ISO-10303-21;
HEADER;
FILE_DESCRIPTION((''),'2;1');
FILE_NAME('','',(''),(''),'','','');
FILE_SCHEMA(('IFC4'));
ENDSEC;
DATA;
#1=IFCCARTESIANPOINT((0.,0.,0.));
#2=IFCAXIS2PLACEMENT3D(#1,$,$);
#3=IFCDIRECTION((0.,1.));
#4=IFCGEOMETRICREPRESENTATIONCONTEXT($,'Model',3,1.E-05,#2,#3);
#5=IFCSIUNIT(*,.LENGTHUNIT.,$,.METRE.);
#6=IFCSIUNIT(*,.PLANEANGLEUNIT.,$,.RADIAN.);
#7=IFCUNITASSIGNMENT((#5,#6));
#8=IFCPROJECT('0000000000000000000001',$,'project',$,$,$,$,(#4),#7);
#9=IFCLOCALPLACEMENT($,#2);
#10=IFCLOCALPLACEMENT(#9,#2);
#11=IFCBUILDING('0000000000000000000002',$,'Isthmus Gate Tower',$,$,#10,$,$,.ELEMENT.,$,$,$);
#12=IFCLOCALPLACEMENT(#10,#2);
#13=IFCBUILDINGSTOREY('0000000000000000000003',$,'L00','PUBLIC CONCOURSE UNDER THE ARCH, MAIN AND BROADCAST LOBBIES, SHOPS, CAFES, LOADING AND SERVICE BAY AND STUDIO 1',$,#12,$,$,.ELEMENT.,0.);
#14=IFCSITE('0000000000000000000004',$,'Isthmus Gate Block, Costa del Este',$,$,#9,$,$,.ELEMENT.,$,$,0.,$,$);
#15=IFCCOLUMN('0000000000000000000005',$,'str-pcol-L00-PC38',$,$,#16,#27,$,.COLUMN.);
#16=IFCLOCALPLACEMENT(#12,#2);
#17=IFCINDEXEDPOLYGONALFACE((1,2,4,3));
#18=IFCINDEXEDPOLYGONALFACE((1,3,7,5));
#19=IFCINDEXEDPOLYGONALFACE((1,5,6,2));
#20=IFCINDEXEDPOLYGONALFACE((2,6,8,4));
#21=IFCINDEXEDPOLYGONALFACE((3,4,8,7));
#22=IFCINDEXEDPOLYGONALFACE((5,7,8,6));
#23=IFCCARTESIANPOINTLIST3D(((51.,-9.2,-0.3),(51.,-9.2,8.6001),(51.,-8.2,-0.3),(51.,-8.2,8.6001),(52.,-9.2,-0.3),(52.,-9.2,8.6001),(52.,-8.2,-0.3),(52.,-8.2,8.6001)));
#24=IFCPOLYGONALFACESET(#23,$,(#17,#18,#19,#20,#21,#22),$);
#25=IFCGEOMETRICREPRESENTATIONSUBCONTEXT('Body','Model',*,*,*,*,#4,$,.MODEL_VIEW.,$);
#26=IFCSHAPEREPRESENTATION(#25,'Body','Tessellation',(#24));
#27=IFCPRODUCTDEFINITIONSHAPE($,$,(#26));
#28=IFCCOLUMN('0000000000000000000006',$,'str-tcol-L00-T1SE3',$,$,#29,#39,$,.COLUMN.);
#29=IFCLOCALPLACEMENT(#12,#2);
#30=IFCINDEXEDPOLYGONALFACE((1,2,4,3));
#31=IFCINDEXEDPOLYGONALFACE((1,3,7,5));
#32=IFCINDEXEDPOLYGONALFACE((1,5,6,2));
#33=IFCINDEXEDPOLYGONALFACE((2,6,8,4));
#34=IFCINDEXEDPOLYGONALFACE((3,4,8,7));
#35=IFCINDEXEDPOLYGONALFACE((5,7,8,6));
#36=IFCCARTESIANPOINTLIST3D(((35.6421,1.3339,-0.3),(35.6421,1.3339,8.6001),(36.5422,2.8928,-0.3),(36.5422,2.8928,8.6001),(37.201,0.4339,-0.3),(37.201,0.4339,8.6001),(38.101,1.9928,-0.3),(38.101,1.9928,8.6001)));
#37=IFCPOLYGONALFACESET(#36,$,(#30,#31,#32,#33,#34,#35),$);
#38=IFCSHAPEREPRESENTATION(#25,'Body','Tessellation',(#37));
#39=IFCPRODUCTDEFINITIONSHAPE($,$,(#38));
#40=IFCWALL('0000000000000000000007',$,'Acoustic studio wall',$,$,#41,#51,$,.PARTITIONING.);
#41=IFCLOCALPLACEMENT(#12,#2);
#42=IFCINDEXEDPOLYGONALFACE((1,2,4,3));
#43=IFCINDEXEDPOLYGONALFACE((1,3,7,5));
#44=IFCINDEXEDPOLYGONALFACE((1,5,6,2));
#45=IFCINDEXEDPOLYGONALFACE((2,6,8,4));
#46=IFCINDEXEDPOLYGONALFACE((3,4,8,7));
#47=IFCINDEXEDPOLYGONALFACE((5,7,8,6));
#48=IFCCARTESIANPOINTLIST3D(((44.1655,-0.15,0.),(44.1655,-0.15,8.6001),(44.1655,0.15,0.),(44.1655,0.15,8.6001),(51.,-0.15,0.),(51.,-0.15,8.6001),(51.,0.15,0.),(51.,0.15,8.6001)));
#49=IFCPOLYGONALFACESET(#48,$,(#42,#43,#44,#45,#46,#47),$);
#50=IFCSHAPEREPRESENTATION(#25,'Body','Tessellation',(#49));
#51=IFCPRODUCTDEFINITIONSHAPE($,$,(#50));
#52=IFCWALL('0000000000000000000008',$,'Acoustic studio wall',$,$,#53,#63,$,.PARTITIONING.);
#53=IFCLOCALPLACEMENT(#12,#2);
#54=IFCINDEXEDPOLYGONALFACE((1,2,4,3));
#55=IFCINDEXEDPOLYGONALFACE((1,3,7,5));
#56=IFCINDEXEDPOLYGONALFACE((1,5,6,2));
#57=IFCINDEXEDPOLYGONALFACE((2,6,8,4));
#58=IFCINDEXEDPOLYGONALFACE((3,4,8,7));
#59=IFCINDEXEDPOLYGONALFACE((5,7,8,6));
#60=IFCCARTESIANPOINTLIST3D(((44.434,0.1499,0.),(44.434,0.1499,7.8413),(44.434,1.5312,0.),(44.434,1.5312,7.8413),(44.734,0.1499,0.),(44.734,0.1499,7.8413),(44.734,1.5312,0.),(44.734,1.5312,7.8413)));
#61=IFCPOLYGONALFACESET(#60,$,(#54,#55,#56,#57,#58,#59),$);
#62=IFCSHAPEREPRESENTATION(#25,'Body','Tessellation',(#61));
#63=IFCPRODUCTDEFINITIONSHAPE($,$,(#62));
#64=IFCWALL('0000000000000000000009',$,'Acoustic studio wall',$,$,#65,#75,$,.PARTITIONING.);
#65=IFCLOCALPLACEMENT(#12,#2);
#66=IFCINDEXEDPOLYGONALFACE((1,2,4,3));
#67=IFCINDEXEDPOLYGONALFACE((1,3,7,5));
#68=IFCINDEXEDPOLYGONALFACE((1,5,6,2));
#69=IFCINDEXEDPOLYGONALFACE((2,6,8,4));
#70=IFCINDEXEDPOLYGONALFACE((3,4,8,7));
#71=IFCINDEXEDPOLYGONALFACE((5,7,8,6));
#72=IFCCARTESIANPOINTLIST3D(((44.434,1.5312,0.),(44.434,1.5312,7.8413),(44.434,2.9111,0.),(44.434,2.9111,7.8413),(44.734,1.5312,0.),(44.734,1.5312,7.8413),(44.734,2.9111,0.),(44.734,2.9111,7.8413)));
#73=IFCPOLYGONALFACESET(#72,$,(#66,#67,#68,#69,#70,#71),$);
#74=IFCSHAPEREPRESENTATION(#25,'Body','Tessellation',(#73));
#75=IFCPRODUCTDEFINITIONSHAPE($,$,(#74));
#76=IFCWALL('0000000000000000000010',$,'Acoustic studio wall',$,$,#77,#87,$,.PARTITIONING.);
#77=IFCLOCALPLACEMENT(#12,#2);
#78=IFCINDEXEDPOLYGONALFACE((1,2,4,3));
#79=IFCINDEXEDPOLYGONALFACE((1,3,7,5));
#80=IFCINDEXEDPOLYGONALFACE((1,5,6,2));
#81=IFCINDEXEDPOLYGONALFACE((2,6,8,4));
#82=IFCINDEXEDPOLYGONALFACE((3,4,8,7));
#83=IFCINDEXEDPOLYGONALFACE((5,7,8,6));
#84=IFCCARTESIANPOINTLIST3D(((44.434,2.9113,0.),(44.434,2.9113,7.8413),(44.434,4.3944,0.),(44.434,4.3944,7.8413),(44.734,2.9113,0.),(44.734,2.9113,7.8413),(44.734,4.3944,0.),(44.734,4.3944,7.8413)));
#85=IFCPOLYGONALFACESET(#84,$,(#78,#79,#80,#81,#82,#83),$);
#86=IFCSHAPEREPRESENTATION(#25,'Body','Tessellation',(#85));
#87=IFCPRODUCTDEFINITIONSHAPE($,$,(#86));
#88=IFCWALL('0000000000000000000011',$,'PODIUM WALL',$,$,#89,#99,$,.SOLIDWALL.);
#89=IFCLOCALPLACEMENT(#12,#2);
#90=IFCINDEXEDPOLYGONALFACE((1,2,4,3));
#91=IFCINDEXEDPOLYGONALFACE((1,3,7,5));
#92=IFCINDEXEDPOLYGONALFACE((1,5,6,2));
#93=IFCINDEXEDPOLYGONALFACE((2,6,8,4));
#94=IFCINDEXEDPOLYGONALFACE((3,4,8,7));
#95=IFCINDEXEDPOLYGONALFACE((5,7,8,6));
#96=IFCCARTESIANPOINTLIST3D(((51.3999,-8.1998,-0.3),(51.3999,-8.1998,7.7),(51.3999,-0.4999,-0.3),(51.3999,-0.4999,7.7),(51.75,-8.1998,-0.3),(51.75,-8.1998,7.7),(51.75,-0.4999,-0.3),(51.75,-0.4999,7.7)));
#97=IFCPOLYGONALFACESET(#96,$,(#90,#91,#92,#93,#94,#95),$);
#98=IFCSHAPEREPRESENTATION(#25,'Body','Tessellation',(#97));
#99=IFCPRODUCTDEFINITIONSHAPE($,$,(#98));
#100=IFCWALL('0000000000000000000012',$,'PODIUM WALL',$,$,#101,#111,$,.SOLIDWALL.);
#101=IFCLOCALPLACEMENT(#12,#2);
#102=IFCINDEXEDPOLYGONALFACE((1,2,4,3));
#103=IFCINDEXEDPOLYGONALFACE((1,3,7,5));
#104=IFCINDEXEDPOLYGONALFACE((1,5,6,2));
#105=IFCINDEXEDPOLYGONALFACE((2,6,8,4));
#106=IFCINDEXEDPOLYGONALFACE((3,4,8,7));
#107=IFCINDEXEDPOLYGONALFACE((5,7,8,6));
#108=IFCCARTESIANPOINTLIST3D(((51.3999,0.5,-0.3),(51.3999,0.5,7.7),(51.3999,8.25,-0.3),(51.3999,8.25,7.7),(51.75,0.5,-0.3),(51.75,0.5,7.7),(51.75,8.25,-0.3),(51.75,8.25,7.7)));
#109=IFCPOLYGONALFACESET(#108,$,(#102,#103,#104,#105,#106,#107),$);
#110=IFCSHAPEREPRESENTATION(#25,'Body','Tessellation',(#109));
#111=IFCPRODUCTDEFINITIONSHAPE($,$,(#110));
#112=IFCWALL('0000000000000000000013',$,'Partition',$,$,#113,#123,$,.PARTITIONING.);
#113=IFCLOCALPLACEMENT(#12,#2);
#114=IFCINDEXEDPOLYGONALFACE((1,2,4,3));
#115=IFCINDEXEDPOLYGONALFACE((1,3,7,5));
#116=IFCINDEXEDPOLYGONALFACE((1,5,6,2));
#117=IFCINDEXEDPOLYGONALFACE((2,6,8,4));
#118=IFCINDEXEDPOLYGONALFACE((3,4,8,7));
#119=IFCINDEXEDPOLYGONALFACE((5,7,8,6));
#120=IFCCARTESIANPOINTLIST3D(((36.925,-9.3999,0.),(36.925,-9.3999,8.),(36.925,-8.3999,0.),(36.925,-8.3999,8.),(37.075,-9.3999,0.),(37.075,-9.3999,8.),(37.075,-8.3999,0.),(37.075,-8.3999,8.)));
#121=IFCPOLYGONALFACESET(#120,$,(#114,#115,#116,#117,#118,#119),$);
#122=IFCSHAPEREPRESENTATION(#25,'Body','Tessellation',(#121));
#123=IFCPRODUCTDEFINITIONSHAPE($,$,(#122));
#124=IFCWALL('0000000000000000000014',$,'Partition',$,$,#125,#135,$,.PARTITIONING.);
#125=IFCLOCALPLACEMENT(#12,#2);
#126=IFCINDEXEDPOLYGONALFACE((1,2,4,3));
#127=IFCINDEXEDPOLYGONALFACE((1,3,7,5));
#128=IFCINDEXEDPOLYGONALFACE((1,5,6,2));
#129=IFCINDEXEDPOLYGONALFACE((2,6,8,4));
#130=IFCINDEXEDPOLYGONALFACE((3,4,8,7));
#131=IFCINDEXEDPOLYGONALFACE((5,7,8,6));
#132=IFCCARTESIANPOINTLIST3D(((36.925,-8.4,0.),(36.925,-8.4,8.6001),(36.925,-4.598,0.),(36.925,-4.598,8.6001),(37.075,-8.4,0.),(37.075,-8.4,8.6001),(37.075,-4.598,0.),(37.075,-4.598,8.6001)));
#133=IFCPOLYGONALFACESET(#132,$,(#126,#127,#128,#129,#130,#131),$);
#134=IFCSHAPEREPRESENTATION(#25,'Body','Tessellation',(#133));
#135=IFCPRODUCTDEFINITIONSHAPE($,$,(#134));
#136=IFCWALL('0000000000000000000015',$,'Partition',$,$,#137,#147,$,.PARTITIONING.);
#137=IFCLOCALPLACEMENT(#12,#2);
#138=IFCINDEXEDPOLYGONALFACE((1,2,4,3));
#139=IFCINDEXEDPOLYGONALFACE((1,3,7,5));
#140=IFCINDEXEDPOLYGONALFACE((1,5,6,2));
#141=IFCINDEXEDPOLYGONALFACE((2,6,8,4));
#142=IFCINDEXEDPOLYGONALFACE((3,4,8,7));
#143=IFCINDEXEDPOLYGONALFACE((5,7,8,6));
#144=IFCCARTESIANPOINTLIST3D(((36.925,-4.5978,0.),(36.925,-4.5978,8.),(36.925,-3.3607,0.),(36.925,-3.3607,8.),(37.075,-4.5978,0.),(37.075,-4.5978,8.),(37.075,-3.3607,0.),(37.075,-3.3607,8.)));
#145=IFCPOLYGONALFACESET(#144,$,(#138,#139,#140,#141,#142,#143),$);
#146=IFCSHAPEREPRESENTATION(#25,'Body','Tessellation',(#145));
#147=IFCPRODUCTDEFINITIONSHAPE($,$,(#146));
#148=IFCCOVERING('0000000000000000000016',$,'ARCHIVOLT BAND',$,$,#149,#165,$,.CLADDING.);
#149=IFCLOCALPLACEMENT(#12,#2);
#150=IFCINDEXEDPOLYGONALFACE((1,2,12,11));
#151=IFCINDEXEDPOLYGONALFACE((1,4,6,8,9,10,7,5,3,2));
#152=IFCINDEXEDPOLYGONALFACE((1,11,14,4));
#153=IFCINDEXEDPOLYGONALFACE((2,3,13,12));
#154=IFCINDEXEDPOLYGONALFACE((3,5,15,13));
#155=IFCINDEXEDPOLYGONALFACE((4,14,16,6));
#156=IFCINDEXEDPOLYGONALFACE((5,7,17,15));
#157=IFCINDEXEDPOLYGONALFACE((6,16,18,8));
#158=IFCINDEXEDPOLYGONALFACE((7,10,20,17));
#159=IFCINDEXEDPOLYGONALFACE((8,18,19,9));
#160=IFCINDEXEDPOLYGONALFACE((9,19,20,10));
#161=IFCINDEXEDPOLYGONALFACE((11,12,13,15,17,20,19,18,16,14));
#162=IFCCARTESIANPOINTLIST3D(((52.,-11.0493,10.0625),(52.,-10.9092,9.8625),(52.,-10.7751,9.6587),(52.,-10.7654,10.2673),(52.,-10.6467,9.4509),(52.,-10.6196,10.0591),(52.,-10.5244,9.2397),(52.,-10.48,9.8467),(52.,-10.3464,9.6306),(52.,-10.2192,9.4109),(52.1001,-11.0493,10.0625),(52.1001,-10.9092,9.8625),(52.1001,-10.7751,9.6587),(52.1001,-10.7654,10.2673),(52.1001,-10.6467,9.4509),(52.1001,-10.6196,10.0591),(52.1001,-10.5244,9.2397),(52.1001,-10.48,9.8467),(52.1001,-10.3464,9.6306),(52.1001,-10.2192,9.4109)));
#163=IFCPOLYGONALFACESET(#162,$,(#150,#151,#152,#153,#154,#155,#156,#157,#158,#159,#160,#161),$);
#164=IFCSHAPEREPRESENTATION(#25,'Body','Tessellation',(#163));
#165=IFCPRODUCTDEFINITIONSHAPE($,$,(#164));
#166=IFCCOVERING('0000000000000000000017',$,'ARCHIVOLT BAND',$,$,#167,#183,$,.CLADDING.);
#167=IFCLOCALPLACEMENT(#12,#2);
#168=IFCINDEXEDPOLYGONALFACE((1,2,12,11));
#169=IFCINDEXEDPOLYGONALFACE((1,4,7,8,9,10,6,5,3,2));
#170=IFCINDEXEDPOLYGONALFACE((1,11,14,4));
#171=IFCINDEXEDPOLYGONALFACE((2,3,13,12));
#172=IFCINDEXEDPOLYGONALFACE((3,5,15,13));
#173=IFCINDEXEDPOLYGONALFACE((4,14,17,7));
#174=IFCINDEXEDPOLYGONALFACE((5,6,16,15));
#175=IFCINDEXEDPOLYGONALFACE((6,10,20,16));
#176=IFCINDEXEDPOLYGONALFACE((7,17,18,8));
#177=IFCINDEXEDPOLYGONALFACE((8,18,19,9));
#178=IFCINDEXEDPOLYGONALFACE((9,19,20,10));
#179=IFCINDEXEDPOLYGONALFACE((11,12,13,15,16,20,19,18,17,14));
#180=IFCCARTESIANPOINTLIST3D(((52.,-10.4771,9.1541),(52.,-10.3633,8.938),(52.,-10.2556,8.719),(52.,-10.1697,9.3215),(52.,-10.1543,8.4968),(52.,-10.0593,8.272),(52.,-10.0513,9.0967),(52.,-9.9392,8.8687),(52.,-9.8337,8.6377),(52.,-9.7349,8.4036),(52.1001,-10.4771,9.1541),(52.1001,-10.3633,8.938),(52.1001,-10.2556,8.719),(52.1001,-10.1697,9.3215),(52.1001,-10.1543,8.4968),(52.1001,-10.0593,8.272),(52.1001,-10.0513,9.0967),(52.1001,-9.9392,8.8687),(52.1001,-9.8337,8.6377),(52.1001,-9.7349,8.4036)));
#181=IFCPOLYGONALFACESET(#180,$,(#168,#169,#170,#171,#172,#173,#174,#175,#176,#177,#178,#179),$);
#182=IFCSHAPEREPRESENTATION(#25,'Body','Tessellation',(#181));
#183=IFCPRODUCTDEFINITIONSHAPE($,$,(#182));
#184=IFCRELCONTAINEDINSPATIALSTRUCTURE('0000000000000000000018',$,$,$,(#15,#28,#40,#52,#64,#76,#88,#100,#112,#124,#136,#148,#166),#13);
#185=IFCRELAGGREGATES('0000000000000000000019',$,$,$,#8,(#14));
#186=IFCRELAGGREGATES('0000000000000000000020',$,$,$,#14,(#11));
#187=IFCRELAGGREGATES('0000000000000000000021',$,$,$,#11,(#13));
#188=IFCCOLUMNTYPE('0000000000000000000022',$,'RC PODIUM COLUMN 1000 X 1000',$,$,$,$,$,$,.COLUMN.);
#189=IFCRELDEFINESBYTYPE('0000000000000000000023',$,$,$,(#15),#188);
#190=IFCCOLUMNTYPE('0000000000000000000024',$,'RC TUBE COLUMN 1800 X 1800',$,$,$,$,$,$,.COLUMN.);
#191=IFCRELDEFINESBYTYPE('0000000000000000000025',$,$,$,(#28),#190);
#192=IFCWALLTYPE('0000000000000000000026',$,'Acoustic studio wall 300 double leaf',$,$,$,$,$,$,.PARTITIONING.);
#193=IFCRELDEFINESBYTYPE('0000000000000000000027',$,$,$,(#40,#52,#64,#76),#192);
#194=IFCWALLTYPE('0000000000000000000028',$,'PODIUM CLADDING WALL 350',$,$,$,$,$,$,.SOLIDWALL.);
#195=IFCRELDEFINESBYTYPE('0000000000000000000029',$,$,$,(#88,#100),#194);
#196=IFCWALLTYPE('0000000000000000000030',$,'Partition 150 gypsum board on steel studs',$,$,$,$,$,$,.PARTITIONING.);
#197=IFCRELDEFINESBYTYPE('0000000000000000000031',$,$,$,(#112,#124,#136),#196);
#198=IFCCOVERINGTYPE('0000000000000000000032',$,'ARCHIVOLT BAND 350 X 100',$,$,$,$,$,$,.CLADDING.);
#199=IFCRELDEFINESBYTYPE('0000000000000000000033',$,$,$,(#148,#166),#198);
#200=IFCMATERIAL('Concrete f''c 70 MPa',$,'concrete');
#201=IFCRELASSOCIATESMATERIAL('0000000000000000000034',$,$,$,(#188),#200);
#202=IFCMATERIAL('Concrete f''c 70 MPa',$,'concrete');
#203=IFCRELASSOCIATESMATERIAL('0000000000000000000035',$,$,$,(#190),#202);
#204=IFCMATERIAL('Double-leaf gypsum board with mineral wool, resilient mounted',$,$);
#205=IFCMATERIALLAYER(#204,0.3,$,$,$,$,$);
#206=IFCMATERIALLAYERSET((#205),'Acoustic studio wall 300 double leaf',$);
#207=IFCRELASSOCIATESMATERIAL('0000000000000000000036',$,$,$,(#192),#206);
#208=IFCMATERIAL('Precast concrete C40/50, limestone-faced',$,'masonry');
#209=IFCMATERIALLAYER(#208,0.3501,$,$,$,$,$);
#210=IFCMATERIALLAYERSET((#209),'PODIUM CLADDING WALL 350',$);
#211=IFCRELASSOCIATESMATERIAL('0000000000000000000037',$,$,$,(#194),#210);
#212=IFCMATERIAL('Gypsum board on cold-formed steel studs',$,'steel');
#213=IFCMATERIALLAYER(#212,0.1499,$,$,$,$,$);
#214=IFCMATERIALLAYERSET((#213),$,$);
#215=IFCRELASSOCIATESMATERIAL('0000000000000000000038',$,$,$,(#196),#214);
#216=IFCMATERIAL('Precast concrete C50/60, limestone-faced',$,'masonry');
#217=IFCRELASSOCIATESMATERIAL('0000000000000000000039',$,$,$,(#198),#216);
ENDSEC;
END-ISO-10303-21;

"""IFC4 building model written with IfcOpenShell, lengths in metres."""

from ifc_helpers import new_model, si_unit, direction, frame, frame_2d, origin, origin_2d, place, context, subcontext, project, spatial, polyline, rectangle, outline, extrude, material, layer, layer_set, material_profile, profile_set, type_object, element, save


model = new_model("IFC4")

# Units and contexts
model_context = context("Model", 3, precision=1e-05, world=origin(), true_north=direction((0.0, 1.0)))
body_context = subcontext(model_context, "Body", "Model", "MODEL_VIEW")
ifc_project = project(units=[si_unit("LENGTHUNIT", "METRE"), si_unit("PLANEANGLEUNIT", "RADIAN")], contexts=[model_context])

# Site, building, storey
site_placement = place(None, origin())
site = spatial("IfcSite", under=ifc_project, at=site_placement, Name="Isthmus Gate Block, Costa del Este", CompositionType="ELEMENT", RefElevation=0.0)
building_placement = place(site_placement, origin())
building = spatial("IfcBuilding", under=site, at=building_placement, Name="Isthmus Gate Tower", CompositionType="ELEMENT")
storey_placement = place(building_placement, origin())
storey = spatial("IfcBuildingStorey", under=building, at=storey_placement, Name="L00", Description="PUBLIC CONCOURSE UNDER THE ARCH, MAIN AND BROADCAST LOBBIES, SHOPS, CAFES, LOADING AND SERVICE BAY AND STUDIO 1", CompositionType="ELEMENT", Elevation=0.0)

# Columns
ifc_material_1 = material(Name="Concrete f'c 70 MPa", Category="concrete")
ifc_material_profile_1 = material_profile(ifc_material_1, rectangle(XDim=1.0, YDim=1.0, at=origin_2d()), Name="RC 1000X1000")
ifc_profile_set_1 = profile_set([ifc_material_profile_1], Name="Concrete f'c 70 MPa")
column_type_1 = type_object("IfcColumnType", Name="RC PODIUM COLUMN 1000 X 1000", PredefinedType="COLUMN", material=ifc_profile_set_1)
for number, where, z_axis, x_axis, name in (
    (1, (51.5, -8.7, -0.3), (0.0, 0.0, 1.0), (0.0, 1.0, 0.0), "str-pcol-L00-PC38"),
):
    element("IfcColumn", number, at=place(storey_placement, frame(where, z_axis=z_axis, x_axis=x_axis)), inside=storey, type_object=column_type_1, Name=name, PredefinedType="COLUMN", context=body_context, shape_type="SweptSolid", body=[
        extrude(rectangle(XDim=1.0, YDim=1.0, at=origin_2d()), origin(), (0.0, 0.0, 1.0), 8.9001),
    ])
ifc_material_2 = material(Name="Concrete f'c 70 MPa", Category="concrete")
ifc_material_profile_2 = material_profile(ifc_material_2, rectangle(XDim=1.8, YDim=1.8, at=origin_2d()), Name="RC 1800X1800")
ifc_profile_set_2 = profile_set([ifc_material_profile_2], Name="Concrete f'c 70 MPa")
column_type_2 = type_object("IfcColumnType", Name="RC TUBE COLUMN 1800 X 1800", PredefinedType="COLUMN", material=ifc_profile_set_2)
column_placement = place(storey_placement, frame((36.8716, 1.6633, -0.3), z_axis=(0.0, 0.0, 1.0), x_axis=(0.5, 0.866025, 0.0)))
element("IfcColumn", 2, at=column_placement, inside=storey, type_object=column_type_2, Name="str-tcol-L00-T1SE3", PredefinedType="COLUMN", context=body_context, shape_type="SweptSolid", body=[
    extrude(rectangle(XDim=1.8, YDim=1.8, at=origin_2d()), origin(), (0.0, 0.0, 1.0), 8.9001),
])

# Walls
ifc_material_3 = material(Name="Double-leaf gypsum board with mineral wool, resilient mounted")
ifc_layer_1 = layer(ifc_material_3, 0.3)
ifc_layer_set_1 = layer_set([ifc_layer_1], Name="Acoustic studio wall 300 double leaf")
wall_type_1 = type_object("IfcWallType", Name="Acoustic studio wall 300 double leaf", PredefinedType="PARTITIONING", material=ifc_layer_set_1)
wall_1_placement = place(storey_placement, frame((44.1655, 0.0, 0.0), z_axis=(0.0, 0.0, 1.0), x_axis=(1.0, 0.0, 0.0)))
element("IfcWall", 3, at=wall_1_placement, inside=storey, type_object=wall_type_1, Name="Acoustic studio wall", PredefinedType="PARTITIONING", context=body_context, shape_type="SweptSolid", body=[
    extrude(rectangle(XDim=6.8345, YDim=0.3, at=frame_2d((3.4172, 0.0))), origin(), (0.0, 0.0, 1.0), 8.6001),
])
wall_2_placement = place(storey_placement, frame((44.584, 0.1499, 0.0), z_axis=(0.0, 0.0, 1.0), x_axis=(0.0, 1.0, 0.0)))
element("IfcWall", 4, at=wall_2_placement, inside=storey, type_object=wall_type_1, Name="Acoustic studio wall", PredefinedType="PARTITIONING", context=body_context, shape_type="SweptSolid", body=[
    extrude(rectangle(XDim=1.3813, YDim=0.3, at=frame_2d((0.6907, 0.0))), origin(), (0.0, 0.0, 1.0), 7.8413),
])
wall_3_placement = place(storey_placement, frame((44.584, 1.5312, 0.0), z_axis=(0.0, 0.0, 1.0), x_axis=(0.0, 1.0, 0.0)))
element("IfcWall", 5, at=wall_3_placement, inside=storey, type_object=wall_type_1, Name="Acoustic studio wall", PredefinedType="PARTITIONING", context=body_context, shape_type="SweptSolid", body=[
    extrude(rectangle(XDim=1.3799, YDim=0.3, at=frame_2d((0.6899, 0.0))), origin(), (0.0, 0.0, 1.0), 7.8413),
])
wall_4_placement = place(storey_placement, frame((44.584, 2.9111, 0.0), z_axis=(0.0, 0.0, 1.0), x_axis=(0.0, 1.0, 0.0)))
element("IfcWall", 6, at=wall_4_placement, inside=storey, type_object=wall_type_1, Name="Acoustic studio wall", PredefinedType="PARTITIONING", context=body_context, shape_type="SweptSolid", body=[
    extrude(rectangle(XDim=1.4832, YDim=0.3, at=frame_2d((0.7417, 0.0))), origin(), (0.0, 0.0, 1.0), 7.8413),
])
ifc_material_4 = material(Name="Precast concrete C40/50, limestone-faced", Category="masonry")
ifc_layer_2 = layer(ifc_material_4, 0.3501)
ifc_layer_set_2 = layer_set([ifc_layer_2], Name="PODIUM CLADDING WALL 350")
wall_type_2 = type_object("IfcWallType", Name="PODIUM CLADDING WALL 350", PredefinedType="SOLIDWALL", material=ifc_layer_set_2)
wall_5_placement = place(storey_placement, frame((51.575, -8.2, -0.3), z_axis=(0.0, 0.0, 1.0), x_axis=(0.0, 1.0, 0.0)))
element("IfcWall", 7, at=wall_5_placement, inside=storey, type_object=wall_type_2, Name="PODIUM WALL", PredefinedType="SOLIDWALL", context=body_context, shape_type="SweptSolid", body=[
    extrude(rectangle(XDim=7.7, YDim=0.3501, at=frame_2d((3.8501, 0.0))), origin(), (0.0, 0.0, 1.0), 8.0),
])
wall_6_placement = place(storey_placement, frame((51.575, 0.5, -0.3), z_axis=(0.0, 0.0, 1.0), x_axis=(0.0, 1.0, 0.0)))
element("IfcWall", 8, at=wall_6_placement, inside=storey, type_object=wall_type_2, Name="PODIUM WALL", PredefinedType="SOLIDWALL", context=body_context, shape_type="SweptSolid", body=[
    extrude(rectangle(XDim=7.75, YDim=0.3501, at=frame_2d((3.875, 0.0))), origin(), (0.0, 0.0, 1.0), 8.0),
])
ifc_material_5 = material(Name="Gypsum board on cold-formed steel studs", Category="steel")
ifc_layer_3 = layer(ifc_material_5, 0.1499)
ifc_layer_set_3 = layer_set([ifc_layer_3])
wall_type_3 = type_object("IfcWallType", Name="Partition 150 gypsum board on steel studs", PredefinedType="PARTITIONING", material=ifc_layer_set_3)
wall_7_placement = place(storey_placement, frame((37.0, -9.3999, 0.0), z_axis=(0.0, 0.0, 1.0), x_axis=(0.0, 1.0, 0.0)))
element("IfcWall", 9, at=wall_7_placement, inside=storey, type_object=wall_type_3, Name="Partition", PredefinedType="PARTITIONING", context=body_context, shape_type="SweptSolid", body=[
    extrude(rectangle(XDim=1.0, YDim=0.1499, at=frame_2d((0.5, 0.0))), origin(), (0.0, 0.0, 1.0), 8.0),
])
wall_8_placement = place(storey_placement, frame((37.0, -8.3999, 0.0), z_axis=(0.0, 0.0, 1.0), x_axis=(0.0, 1.0, 0.0)))
element("IfcWall", 10, at=wall_8_placement, inside=storey, type_object=wall_type_3, Name="Partition", PredefinedType="PARTITIONING", context=body_context, shape_type="SweptSolid", body=[
    extrude(rectangle(XDim=3.802, YDim=0.1499, at=frame_2d((1.9009, 0.0))), origin(), (0.0, 0.0, 1.0), 8.6001),
])
wall_9_placement = place(storey_placement, frame((37.0, -4.5979, 0.0), z_axis=(0.0, 0.0, 1.0), x_axis=(0.0, 1.0, 0.0)))
element("IfcWall", 11, at=wall_9_placement, inside=storey, type_object=wall_type_3, Name="Partition", PredefinedType="PARTITIONING", context=body_context, shape_type="SweptSolid", body=[
    extrude(rectangle(XDim=1.2371, YDim=0.1499, at=frame_2d((0.6187, 0.0))), origin(), (0.0, 0.0, 1.0), 8.0),
])

# Coverings
ifc_material_6 = material(Name="Precast concrete C50/60, limestone-faced", Category="masonry")
covering_type_1 = type_object("IfcCoveringType", Name="ARCHIVOLT BAND 350 X 100", PredefinedType="CLADDING", material=ifc_material_6)
covering_1_placement = place(storey_placement, frame((52.1001, -11.0493, 10.0625), z_axis=(1.0, 0.0, 0.0), x_axis=(0.0, 0.573932, -0.818903)))
element("IfcCovering", 12, at=covering_1_placement, inside=storey, type_object=covering_type_1, Name="ARCHIVOLT BAND", PredefinedType="CLADDING", context=body_context, shape_type="SweptSolid", body=[
    extrude(outline(polyline([(0.0, 0.0), (0.2442, 0.0), (0.488, -0.0072), (0.7319, -0.0213), (0.975, -0.0424), (1.01, 0.3058), (0.7571, 0.3277), (0.5035, 0.3424), (0.2494, 0.3499), (-0.0048, 0.3501), (0.0, 0.0)])), origin(), (0.0, 0.0, -1.0), 0.1001),
])
covering_2_placement = place(storey_placement, frame((52.1001, -10.4771, 9.1541), z_axis=(1.0, 0.0, 0.0), x_axis=(0.0, 0.465911, -0.884831)))
element("IfcCovering", 13, at=covering_2_placement, inside=storey, type_object=covering_type_1, Name="ARCHIVOLT BAND", PredefinedType="CLADDING", context=body_context, shape_type="SweptSolid", body=[
    extrude(outline(polyline([(0.0, 0.0), (0.2442, 0.0), (0.4881, -0.0068), (0.7319, -0.0206), (0.9751, -0.0414), (1.0098, 0.307), (0.7566, 0.3286), (0.5031, 0.3429), (0.2491, 0.35), (-0.005, 0.35), (0.0, 0.0)])), origin(), (0.0, 0.0, -1.0), 0.1001),
])

save(model, "model.ifc")
